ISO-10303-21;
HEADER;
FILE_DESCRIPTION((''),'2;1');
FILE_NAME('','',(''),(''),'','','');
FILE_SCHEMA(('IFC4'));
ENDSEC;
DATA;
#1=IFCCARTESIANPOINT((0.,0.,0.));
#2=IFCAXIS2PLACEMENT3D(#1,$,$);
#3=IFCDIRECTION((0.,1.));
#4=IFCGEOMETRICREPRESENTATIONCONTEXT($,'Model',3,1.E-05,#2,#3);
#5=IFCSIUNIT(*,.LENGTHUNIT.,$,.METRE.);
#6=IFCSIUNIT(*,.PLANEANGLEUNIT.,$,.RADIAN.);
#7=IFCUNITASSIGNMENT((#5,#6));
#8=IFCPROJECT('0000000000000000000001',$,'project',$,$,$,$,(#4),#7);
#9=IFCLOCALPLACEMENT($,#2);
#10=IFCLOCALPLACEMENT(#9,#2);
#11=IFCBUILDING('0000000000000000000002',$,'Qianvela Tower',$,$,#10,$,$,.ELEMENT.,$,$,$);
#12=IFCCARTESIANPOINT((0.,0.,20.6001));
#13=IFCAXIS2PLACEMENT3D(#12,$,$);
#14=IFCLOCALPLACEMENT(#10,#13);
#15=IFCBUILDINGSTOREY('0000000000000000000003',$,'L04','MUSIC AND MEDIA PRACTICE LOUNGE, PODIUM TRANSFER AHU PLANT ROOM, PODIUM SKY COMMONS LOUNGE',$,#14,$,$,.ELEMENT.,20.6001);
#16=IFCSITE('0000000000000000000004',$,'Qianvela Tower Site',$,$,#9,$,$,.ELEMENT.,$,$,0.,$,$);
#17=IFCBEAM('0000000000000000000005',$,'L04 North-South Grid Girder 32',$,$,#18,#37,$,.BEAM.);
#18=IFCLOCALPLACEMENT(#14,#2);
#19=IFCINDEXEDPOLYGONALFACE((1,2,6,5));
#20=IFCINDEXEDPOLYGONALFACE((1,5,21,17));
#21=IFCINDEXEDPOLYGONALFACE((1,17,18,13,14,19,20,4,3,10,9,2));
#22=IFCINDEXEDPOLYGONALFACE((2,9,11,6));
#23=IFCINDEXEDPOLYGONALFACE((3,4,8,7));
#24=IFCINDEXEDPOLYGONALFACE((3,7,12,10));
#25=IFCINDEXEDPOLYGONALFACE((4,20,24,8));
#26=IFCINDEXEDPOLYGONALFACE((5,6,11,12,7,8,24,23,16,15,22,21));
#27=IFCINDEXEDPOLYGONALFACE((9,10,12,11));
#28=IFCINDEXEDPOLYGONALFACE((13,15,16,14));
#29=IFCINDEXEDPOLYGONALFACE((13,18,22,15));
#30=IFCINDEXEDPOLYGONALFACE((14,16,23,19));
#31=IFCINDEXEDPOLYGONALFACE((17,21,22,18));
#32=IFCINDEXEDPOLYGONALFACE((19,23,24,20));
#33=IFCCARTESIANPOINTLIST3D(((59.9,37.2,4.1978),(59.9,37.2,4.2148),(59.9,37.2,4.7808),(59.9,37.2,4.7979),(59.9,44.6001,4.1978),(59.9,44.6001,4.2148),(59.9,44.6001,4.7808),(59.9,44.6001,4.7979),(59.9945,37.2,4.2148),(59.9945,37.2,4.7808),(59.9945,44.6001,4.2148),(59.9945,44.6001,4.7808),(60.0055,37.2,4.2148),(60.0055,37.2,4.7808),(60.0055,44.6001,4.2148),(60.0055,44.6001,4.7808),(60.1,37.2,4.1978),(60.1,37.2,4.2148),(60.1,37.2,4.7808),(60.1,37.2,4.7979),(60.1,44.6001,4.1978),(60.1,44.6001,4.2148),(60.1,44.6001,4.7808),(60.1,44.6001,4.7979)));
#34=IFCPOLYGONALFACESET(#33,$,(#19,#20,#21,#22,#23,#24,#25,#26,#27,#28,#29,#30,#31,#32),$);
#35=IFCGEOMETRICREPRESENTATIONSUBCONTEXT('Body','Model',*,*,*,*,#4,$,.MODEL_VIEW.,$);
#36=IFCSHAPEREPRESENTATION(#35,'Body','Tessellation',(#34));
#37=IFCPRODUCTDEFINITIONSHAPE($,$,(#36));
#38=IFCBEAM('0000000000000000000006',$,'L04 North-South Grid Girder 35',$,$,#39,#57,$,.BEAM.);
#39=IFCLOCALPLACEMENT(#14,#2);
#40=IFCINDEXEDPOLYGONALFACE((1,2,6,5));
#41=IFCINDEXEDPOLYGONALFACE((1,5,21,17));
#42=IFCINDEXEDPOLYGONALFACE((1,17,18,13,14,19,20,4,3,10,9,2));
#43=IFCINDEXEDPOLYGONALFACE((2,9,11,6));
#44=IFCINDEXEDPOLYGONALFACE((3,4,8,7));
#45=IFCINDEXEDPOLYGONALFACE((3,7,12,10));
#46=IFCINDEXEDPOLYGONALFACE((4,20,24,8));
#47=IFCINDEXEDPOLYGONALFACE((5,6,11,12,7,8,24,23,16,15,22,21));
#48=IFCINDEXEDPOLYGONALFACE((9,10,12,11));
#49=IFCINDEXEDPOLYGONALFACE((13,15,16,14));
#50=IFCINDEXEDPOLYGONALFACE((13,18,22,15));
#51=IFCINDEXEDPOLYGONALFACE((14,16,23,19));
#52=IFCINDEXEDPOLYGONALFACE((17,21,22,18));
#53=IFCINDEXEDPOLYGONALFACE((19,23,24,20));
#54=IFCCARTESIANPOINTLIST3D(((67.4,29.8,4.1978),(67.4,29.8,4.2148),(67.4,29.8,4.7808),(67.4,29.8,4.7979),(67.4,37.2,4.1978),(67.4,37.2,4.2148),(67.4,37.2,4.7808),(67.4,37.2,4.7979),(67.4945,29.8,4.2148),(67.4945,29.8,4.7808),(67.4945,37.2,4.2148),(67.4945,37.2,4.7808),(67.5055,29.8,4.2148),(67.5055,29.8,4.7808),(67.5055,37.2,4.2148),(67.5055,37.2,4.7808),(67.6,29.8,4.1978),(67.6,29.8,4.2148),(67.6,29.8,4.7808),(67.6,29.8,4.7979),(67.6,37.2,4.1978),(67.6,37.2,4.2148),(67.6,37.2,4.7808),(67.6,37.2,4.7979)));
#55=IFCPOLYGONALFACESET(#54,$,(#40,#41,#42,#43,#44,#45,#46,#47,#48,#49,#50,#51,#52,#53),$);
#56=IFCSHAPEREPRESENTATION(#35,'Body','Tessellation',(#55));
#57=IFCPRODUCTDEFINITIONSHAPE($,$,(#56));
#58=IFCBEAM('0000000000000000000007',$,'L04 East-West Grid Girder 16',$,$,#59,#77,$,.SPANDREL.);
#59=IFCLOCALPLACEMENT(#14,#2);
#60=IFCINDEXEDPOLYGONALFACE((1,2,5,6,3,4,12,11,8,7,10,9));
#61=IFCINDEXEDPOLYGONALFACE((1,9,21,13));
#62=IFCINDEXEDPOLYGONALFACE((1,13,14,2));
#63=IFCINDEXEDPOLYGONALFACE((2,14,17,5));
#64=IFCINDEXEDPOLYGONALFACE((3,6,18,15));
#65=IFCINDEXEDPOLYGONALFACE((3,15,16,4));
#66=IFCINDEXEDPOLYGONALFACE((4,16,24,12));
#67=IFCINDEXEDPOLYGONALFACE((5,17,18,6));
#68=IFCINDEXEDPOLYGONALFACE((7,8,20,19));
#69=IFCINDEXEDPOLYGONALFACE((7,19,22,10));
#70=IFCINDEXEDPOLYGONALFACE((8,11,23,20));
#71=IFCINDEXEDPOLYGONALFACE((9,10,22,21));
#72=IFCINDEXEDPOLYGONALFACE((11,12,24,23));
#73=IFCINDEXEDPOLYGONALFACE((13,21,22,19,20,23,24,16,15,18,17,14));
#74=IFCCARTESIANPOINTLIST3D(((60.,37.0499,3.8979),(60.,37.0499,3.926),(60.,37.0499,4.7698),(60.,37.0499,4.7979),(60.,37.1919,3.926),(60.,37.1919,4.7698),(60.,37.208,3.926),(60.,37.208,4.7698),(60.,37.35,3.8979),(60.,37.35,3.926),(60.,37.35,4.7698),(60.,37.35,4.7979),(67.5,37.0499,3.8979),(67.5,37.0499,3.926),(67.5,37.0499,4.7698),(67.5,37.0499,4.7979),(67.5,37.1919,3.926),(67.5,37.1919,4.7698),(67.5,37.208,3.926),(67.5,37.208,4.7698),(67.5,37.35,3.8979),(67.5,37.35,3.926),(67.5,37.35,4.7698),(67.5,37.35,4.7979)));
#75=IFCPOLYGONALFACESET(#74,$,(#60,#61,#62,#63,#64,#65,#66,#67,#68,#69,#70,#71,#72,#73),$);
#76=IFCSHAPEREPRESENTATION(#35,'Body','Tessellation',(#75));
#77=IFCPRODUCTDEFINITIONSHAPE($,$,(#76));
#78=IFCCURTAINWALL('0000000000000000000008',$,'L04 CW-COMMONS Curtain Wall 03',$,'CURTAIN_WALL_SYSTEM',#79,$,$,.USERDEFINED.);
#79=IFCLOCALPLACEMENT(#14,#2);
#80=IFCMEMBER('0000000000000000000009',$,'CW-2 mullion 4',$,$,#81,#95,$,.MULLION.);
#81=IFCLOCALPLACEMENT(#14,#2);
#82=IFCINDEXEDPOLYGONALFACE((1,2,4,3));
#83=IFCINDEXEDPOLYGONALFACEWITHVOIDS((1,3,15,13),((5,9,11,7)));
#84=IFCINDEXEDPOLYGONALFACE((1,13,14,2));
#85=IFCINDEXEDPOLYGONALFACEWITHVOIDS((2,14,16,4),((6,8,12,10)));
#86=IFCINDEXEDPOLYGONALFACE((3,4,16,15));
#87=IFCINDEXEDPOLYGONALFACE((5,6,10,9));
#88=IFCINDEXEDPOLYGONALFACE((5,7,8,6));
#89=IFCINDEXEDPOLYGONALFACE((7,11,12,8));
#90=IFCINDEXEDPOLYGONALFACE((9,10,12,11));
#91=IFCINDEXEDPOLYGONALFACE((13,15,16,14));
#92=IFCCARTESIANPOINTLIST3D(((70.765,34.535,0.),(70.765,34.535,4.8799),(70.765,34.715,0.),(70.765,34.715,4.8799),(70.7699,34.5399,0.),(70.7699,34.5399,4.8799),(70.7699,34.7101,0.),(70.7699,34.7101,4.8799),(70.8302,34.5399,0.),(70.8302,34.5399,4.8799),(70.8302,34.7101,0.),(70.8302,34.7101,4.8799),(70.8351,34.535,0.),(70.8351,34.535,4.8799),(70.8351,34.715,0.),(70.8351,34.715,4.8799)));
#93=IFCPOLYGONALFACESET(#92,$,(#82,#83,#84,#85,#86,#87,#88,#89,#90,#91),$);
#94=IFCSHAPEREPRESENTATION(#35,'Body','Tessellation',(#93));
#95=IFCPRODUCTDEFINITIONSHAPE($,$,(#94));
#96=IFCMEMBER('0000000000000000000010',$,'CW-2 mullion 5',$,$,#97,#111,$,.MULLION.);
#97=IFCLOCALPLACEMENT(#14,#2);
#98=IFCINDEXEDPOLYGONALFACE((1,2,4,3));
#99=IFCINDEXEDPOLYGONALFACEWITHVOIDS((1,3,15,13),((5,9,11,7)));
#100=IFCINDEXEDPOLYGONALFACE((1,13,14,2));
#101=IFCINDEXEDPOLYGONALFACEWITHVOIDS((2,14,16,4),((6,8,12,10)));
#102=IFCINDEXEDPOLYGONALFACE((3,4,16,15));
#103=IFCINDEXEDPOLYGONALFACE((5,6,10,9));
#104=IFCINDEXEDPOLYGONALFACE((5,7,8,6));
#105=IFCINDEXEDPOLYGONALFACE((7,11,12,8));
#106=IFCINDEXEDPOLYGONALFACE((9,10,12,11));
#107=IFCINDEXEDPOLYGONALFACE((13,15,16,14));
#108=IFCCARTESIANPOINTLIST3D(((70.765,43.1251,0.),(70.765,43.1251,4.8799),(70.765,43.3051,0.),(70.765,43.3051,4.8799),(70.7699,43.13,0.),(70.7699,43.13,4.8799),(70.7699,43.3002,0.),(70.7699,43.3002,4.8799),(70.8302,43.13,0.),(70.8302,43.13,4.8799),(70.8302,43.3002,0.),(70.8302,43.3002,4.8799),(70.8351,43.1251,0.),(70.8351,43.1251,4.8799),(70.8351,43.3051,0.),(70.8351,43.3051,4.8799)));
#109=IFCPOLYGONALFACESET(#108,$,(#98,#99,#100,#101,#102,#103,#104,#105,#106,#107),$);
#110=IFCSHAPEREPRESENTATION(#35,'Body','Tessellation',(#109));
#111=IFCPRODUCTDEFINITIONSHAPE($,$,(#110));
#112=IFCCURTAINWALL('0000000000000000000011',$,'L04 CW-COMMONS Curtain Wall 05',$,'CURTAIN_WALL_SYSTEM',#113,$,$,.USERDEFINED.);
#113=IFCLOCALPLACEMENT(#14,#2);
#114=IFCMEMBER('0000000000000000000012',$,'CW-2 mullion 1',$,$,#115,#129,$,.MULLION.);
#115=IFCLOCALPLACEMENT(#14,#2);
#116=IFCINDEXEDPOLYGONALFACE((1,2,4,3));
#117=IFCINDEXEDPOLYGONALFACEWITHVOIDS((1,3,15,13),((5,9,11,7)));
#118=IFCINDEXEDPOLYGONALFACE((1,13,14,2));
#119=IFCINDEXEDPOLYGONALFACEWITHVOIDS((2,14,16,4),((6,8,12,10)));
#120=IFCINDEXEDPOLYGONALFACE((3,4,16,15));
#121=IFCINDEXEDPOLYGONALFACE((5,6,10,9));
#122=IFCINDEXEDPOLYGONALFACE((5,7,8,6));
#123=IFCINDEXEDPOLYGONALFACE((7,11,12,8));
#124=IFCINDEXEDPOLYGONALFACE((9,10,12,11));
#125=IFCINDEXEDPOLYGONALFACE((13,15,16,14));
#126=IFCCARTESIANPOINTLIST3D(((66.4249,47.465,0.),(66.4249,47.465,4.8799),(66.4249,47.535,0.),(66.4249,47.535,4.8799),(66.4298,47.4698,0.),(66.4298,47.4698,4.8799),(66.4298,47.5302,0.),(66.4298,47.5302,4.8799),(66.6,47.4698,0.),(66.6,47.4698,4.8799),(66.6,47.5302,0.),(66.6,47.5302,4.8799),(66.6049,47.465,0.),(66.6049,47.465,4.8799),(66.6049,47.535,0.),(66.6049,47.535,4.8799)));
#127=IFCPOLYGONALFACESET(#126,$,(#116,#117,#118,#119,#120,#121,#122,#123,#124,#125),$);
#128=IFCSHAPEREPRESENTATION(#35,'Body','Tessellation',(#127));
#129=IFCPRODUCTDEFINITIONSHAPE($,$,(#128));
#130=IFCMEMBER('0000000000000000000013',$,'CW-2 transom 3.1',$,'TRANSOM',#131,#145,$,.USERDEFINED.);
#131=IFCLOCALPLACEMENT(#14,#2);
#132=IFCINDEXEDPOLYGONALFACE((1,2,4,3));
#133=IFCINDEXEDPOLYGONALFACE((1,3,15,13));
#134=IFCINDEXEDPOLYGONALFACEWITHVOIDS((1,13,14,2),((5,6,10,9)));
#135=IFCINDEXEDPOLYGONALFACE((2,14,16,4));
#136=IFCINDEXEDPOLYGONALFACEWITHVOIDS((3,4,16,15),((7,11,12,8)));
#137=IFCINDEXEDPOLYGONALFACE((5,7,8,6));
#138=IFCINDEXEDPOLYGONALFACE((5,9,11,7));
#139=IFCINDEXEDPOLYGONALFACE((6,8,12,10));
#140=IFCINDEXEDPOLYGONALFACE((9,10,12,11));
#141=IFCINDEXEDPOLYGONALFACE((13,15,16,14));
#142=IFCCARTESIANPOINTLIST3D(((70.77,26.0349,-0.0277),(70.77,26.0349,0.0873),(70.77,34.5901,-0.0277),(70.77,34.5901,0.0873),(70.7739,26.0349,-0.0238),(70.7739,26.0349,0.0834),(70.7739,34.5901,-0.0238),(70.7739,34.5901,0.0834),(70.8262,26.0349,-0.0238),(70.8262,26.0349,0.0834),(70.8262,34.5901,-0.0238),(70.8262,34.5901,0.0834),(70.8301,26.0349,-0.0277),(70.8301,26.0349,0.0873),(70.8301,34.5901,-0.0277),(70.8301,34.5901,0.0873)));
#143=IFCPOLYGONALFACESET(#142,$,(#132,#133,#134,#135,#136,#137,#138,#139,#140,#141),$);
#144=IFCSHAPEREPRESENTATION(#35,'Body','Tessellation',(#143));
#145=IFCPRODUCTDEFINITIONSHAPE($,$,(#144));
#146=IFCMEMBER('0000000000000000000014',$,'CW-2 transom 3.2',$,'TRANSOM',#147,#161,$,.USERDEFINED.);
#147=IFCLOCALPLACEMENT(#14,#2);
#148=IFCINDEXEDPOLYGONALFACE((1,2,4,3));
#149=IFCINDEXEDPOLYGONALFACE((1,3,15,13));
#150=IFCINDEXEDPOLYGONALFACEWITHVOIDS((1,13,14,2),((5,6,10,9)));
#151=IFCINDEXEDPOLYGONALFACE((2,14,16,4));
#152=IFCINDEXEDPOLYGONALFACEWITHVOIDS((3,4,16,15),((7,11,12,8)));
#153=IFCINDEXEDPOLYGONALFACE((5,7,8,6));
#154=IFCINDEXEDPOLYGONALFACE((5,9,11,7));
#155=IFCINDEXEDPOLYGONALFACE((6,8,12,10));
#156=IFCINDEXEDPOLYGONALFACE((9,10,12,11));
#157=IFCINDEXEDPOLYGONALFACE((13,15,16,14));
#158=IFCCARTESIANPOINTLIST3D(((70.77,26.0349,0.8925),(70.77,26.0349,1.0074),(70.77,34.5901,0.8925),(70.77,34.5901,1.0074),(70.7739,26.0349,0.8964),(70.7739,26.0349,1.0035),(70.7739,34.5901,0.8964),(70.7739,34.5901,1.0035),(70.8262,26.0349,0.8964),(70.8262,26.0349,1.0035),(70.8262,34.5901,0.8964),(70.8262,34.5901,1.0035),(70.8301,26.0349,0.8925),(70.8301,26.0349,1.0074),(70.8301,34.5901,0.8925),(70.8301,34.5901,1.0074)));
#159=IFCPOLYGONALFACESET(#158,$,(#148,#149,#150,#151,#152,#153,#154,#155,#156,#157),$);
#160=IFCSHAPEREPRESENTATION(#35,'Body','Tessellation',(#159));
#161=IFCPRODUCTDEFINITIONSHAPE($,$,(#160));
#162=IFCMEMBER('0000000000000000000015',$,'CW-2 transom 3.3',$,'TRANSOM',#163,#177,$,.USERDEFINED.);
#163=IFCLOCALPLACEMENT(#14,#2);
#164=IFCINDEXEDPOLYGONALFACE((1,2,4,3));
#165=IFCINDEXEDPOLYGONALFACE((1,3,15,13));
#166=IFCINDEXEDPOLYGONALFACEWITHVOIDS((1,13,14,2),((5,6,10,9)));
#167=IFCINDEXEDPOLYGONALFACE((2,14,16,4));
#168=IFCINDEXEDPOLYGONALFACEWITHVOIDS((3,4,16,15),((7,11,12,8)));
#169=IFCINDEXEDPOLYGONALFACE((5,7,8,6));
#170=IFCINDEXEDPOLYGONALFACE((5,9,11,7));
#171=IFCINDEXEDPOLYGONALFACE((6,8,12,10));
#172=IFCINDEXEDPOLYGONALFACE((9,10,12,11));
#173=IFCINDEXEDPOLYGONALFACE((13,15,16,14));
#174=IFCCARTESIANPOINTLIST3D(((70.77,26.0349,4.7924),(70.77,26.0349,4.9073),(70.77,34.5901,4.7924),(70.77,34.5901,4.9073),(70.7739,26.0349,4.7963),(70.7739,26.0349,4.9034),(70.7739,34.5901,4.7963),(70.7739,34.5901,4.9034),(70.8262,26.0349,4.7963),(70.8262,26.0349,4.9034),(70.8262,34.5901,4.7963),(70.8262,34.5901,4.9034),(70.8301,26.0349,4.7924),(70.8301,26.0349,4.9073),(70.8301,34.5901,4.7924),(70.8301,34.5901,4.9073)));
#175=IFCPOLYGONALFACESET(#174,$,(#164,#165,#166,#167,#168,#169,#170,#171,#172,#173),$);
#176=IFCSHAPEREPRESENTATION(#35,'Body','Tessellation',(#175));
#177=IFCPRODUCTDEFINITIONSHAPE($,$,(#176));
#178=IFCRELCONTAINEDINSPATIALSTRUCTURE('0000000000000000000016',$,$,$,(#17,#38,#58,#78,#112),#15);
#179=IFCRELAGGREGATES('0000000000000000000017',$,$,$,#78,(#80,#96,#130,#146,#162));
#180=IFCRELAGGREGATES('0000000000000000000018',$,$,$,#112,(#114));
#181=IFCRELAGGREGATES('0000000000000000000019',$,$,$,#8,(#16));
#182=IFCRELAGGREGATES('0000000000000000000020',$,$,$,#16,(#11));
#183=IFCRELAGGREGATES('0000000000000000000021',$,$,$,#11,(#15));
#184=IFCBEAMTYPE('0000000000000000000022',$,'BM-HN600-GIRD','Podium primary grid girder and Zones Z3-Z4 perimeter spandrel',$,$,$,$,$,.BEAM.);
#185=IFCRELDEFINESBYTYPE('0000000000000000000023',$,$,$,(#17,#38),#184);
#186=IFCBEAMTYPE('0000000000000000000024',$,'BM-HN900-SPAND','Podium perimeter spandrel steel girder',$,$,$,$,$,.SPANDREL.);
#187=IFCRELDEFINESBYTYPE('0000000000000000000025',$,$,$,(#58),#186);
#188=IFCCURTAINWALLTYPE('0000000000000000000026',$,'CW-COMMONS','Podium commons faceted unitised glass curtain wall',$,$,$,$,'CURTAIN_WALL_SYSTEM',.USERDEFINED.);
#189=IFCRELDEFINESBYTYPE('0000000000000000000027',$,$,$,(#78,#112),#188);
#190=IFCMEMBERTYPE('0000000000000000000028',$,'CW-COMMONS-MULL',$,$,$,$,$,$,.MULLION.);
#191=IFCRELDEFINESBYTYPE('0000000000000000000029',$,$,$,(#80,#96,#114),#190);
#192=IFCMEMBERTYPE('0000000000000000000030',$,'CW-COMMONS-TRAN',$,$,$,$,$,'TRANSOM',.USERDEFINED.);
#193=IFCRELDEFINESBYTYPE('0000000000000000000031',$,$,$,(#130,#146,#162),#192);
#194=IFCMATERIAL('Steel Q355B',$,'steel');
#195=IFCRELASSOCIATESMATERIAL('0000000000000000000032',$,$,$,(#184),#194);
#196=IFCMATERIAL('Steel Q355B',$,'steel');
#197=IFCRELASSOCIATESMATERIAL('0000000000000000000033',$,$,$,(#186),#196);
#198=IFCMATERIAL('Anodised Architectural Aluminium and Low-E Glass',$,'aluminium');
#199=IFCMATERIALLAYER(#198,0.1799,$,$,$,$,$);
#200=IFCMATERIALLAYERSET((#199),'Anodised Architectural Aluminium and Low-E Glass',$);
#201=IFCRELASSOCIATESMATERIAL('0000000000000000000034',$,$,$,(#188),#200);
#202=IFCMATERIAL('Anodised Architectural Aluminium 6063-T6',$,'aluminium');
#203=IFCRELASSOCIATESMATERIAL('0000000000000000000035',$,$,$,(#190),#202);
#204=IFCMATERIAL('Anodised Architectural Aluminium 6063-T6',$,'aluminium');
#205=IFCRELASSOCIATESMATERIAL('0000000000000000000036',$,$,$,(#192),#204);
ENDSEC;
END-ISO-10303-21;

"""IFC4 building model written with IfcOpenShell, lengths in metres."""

from ifc_helpers import new_model, si_unit, direction, frame, origin, origin_2d, place, context, subcontext, project, spatial, hollow_rectangle, i_section, extrude, material, layer, layer_set, material_profile, profile_set, type_object, element, aggregate, save


model = new_model("IFC4")

# Units and contexts
model_context = context("Model", 3, precision=1e-05, world=origin(), true_north=direction((0.0, 1.0)))
body_context = subcontext(model_context, "Body", "Model", "MODEL_VIEW")
ifc_project = project(units=[si_unit("LENGTHUNIT", "METRE"), si_unit("PLANEANGLEUNIT", "RADIAN")], contexts=[model_context])

# Site, building, storey
site_placement = place(None, origin())
site = spatial("IfcSite", under=ifc_project, at=site_placement, Name="Qianvela Tower Site", CompositionType="ELEMENT", RefElevation=0.0)
building_placement = place(site_placement, origin())
building = spatial("IfcBuilding", under=site, at=building_placement, Name="Qianvela Tower", CompositionType="ELEMENT")
storey_placement = place(building_placement, frame((0.0, 0.0, 20.6001)))
storey = spatial("IfcBuildingStorey", under=building, at=storey_placement, Name="L04", Description="MUSIC AND MEDIA PRACTICE LOUNGE, PODIUM TRANSFER AHU PLANT ROOM, PODIUM SKY COMMONS LOUNGE", CompositionType="ELEMENT", Elevation=20.6001)

# Beams
ifc_material_1 = material(Name="Steel Q355B", Category="steel")
ifc_material_profile_1 = material_profile(ifc_material_1, i_section(OverallWidth=0.2, OverallDepth=0.6001, WebThickness=0.011, FlangeThickness=0.0171, at=origin_2d()), Name="HN600x200x11x17")
ifc_profile_set_1 = profile_set([ifc_material_profile_1], Name="Steel Q355B")
beam_type_1 = type_object("IfcBeamType", Name="BM-HN600-GIRD", Description="Podium primary grid girder and Zones Z3-Z4 perimeter spandrel", PredefinedType="BEAM", material=ifc_profile_set_1)
beam_1_placement = place(storey_placement, frame((60.0, 37.2, 4.4978), z_axis=(0.0, 1.0, 0.0), x_axis=(-1.0, 0.0, 0.0)))
element("IfcBeam", 1, at=beam_1_placement, inside=storey, type_object=beam_type_1, Name="L04 North-South Grid Girder 32", PredefinedType="BEAM", context=body_context, shape_type="SweptSolid", body=[
    extrude(i_section(OverallWidth=0.2, OverallDepth=0.6001, WebThickness=0.011, FlangeThickness=0.0171, at=origin_2d()), origin(), (0.0, 0.0, 1.0), 7.4001),
])
beam_2_placement = place(storey_placement, frame((67.5, 29.8, 4.4978), z_axis=(0.0, 1.0, 0.0), x_axis=(-1.0, 0.0, 0.0)))
element("IfcBeam", 2, at=beam_2_placement, inside=storey, type_object=beam_type_1, Name="L04 North-South Grid Girder 35", PredefinedType="BEAM", context=body_context, shape_type="SweptSolid", body=[
    extrude(i_section(OverallWidth=0.2, OverallDepth=0.6001, WebThickness=0.011, FlangeThickness=0.0171, at=origin_2d()), origin(), (0.0, 0.0, 1.0), 7.3999),
])
ifc_material_2 = material(Name="Steel Q355B", Category="steel")
ifc_material_profile_2 = material_profile(ifc_material_2, i_section(OverallWidth=0.3, OverallDepth=0.8999, WebThickness=0.0161, FlangeThickness=0.0281, at=origin_2d()), Name="HN900x300x16x28")
ifc_profile_set_2 = profile_set([ifc_material_profile_2], Name="Steel Q355B")
beam_type_2 = type_object("IfcBeamType", Name="BM-HN900-SPAND", Description="Podium perimeter spandrel steel girder", PredefinedType="SPANDREL", material=ifc_profile_set_2)
beam_3_placement = place(storey_placement, frame((60.0, 37.2, 4.3479), z_axis=(1.0, 0.0, 0.0), x_axis=(0.0, 1.0, 0.0)))
element("IfcBeam", 3, at=beam_3_placement, inside=storey, type_object=beam_type_2, Name="L04 East-West Grid Girder 16", PredefinedType="SPANDREL", context=body_context, shape_type="SweptSolid", body=[
    extrude(i_section(OverallWidth=0.3, OverallDepth=0.8999, WebThickness=0.0161, FlangeThickness=0.0281, at=origin_2d()), origin(), (0.0, 0.0, 1.0), 7.5),
])

# Curtain wall, members
ifc_material_3 = material(Name="Anodised Architectural Aluminium and Low-E Glass", Category="aluminium")
ifc_layer_1 = layer(ifc_material_3, 0.1799)
ifc_layer_set_1 = layer_set([ifc_layer_1], Name="Anodised Architectural Aluminium and Low-E Glass")
curtain_wall_type = type_object("IfcCurtainWallType", Name="CW-COMMONS", Description="Podium commons faceted unitised glass curtain wall", ElementType="CURTAIN_WALL_SYSTEM", PredefinedType="USERDEFINED", material=ifc_layer_set_1)
curtain_wall_1_placement = place(storey_placement, origin())
curtain_wall_1 = element("IfcCurtainWall", 4, at=curtain_wall_1_placement, inside=storey, type_object=curtain_wall_type, Name="L04 CW-COMMONS Curtain Wall 03", ObjectType="CURTAIN_WALL_SYSTEM", PredefinedType="USERDEFINED")
ifc_material_4 = material(Name="Anodised Architectural Aluminium 6063-T6", Category="aluminium")
ifc_material_profile_3 = material_profile(ifc_material_4, hollow_rectangle(XDim=0.0701, YDim=0.1799, WallThickness=0.0049, at=origin_2d()), Name="ALU-MULL-70x180")
ifc_profile_set_3 = profile_set([ifc_material_profile_3], Name="Anodised Architectural Aluminium 6063-T6")
member_type_1 = type_object("IfcMemberType", Name="CW-COMMONS-MULL", PredefinedType="MULLION", material=ifc_profile_set_3)
member_1_placement = place(storey_placement, frame((70.8, 34.625, 0.0), z_axis=(0.0, 0.0, 1.0), x_axis=(-1.0, 0.0, 0.0)))
member_1 = element("IfcMember", 5, at=member_1_placement, type_object=member_type_1, Name="CW-2 mullion 4", PredefinedType="MULLION", context=body_context, shape_type="SweptSolid", body=[
    extrude(hollow_rectangle(XDim=0.0701, YDim=0.1799, WallThickness=0.0049, at=origin_2d()), origin(), (0.0, 0.0, 1.0), 4.8799),
])
member_2_placement = place(storey_placement, frame((70.8, 43.2151, 0.0), z_axis=(0.0, 0.0, 1.0), x_axis=(-1.0, 0.0, 0.0)))
member_2 = element("IfcMember", 6, at=member_2_placement, type_object=member_type_1, Name="CW-2 mullion 5", PredefinedType="MULLION", context=body_context, shape_type="SweptSolid", body=[
    extrude(hollow_rectangle(XDim=0.0701, YDim=0.1799, WallThickness=0.0049, at=origin_2d()), origin(), (0.0, 0.0, 1.0), 4.8799),
])

# Curtain wall, member
curtain_wall_2_placement = place(storey_placement, origin())
curtain_wall_2 = element("IfcCurtainWall", 7, at=curtain_wall_2_placement, inside=storey, type_object=curtain_wall_type, Name="L04 CW-COMMONS Curtain Wall 05", ObjectType="CURTAIN_WALL_SYSTEM", PredefinedType="USERDEFINED")
member_3_placement = place(storey_placement, frame((66.5149, 47.5, 0.0), z_axis=(0.0, 0.0, 1.0), x_axis=(0.0, -1.0, 0.0)))
member_3 = element("IfcMember", 8, at=member_3_placement, type_object=member_type_1, Name="CW-2 mullion 1", PredefinedType="MULLION", context=body_context, shape_type="SweptSolid", body=[
    extrude(hollow_rectangle(XDim=0.0701, YDim=0.1799, WallThickness=0.0049, at=origin_2d()), origin(), (0.0, 0.0, 1.0), 4.8799),
])

# Members
ifc_material_5 = material(Name="Anodised Architectural Aluminium 6063-T6", Category="aluminium")
ifc_material_profile_4 = material_profile(ifc_material_5, hollow_rectangle(XDim=0.0601, YDim=0.115, WallThickness=0.0039, at=origin_2d()), Name="ALU-TRAN-60x115")
ifc_profile_set_4 = profile_set([ifc_material_profile_4], Name="Anodised Architectural Aluminium 6063-T6")
member_type_2 = type_object("IfcMemberType", Name="CW-COMMONS-TRAN", ElementType="TRANSOM", PredefinedType="USERDEFINED", material=ifc_profile_set_4)
member_4_placement = place(storey_placement, frame((70.8, 26.0349, 0.0298), z_axis=(0.0, 1.0, 0.0), x_axis=(-1.0, 0.0, 0.0)))
member_4 = element("IfcMember", 9, at=member_4_placement, type_object=member_type_2, Name="CW-2 transom 3.1", ObjectType="TRANSOM", PredefinedType="USERDEFINED", context=body_context, shape_type="SweptSolid", body=[
    extrude(hollow_rectangle(XDim=0.0601, YDim=0.115, WallThickness=0.0039, at=origin_2d()), origin(), (0.0, 0.0, 1.0), 8.5552),
])
member_5_placement = place(storey_placement, frame((70.8, 26.0349, 0.95), z_axis=(0.0, 1.0, 0.0), x_axis=(-1.0, 0.0, 0.0)))
member_5 = element("IfcMember", 10, at=member_5_placement, type_object=member_type_2, Name="CW-2 transom 3.2", ObjectType="TRANSOM", PredefinedType="USERDEFINED", context=body_context, shape_type="SweptSolid", body=[
    extrude(hollow_rectangle(XDim=0.0601, YDim=0.115, WallThickness=0.0039, at=origin_2d()), origin(), (0.0, 0.0, 1.0), 8.5552),
])
member_6_placement = place(storey_placement, frame((70.8, 26.0349, 4.8499), z_axis=(0.0, 1.0, 0.0), x_axis=(-1.0, 0.0, 0.0)))
member_6 = element("IfcMember", 11, at=member_6_placement, type_object=member_type_2, Name="CW-2 transom 3.3", ObjectType="TRANSOM", PredefinedType="USERDEFINED", context=body_context, shape_type="SweptSolid", body=[
    extrude(hollow_rectangle(XDim=0.0601, YDim=0.115, WallThickness=0.0039, at=origin_2d()), origin(), (0.0, 0.0, 1.0), 8.5552),
])

aggregate(curtain_wall_1, [member_1, member_2, member_4, member_5, member_6])
aggregate(curtain_wall_2, [member_3])

save(model, "model.ifc")
